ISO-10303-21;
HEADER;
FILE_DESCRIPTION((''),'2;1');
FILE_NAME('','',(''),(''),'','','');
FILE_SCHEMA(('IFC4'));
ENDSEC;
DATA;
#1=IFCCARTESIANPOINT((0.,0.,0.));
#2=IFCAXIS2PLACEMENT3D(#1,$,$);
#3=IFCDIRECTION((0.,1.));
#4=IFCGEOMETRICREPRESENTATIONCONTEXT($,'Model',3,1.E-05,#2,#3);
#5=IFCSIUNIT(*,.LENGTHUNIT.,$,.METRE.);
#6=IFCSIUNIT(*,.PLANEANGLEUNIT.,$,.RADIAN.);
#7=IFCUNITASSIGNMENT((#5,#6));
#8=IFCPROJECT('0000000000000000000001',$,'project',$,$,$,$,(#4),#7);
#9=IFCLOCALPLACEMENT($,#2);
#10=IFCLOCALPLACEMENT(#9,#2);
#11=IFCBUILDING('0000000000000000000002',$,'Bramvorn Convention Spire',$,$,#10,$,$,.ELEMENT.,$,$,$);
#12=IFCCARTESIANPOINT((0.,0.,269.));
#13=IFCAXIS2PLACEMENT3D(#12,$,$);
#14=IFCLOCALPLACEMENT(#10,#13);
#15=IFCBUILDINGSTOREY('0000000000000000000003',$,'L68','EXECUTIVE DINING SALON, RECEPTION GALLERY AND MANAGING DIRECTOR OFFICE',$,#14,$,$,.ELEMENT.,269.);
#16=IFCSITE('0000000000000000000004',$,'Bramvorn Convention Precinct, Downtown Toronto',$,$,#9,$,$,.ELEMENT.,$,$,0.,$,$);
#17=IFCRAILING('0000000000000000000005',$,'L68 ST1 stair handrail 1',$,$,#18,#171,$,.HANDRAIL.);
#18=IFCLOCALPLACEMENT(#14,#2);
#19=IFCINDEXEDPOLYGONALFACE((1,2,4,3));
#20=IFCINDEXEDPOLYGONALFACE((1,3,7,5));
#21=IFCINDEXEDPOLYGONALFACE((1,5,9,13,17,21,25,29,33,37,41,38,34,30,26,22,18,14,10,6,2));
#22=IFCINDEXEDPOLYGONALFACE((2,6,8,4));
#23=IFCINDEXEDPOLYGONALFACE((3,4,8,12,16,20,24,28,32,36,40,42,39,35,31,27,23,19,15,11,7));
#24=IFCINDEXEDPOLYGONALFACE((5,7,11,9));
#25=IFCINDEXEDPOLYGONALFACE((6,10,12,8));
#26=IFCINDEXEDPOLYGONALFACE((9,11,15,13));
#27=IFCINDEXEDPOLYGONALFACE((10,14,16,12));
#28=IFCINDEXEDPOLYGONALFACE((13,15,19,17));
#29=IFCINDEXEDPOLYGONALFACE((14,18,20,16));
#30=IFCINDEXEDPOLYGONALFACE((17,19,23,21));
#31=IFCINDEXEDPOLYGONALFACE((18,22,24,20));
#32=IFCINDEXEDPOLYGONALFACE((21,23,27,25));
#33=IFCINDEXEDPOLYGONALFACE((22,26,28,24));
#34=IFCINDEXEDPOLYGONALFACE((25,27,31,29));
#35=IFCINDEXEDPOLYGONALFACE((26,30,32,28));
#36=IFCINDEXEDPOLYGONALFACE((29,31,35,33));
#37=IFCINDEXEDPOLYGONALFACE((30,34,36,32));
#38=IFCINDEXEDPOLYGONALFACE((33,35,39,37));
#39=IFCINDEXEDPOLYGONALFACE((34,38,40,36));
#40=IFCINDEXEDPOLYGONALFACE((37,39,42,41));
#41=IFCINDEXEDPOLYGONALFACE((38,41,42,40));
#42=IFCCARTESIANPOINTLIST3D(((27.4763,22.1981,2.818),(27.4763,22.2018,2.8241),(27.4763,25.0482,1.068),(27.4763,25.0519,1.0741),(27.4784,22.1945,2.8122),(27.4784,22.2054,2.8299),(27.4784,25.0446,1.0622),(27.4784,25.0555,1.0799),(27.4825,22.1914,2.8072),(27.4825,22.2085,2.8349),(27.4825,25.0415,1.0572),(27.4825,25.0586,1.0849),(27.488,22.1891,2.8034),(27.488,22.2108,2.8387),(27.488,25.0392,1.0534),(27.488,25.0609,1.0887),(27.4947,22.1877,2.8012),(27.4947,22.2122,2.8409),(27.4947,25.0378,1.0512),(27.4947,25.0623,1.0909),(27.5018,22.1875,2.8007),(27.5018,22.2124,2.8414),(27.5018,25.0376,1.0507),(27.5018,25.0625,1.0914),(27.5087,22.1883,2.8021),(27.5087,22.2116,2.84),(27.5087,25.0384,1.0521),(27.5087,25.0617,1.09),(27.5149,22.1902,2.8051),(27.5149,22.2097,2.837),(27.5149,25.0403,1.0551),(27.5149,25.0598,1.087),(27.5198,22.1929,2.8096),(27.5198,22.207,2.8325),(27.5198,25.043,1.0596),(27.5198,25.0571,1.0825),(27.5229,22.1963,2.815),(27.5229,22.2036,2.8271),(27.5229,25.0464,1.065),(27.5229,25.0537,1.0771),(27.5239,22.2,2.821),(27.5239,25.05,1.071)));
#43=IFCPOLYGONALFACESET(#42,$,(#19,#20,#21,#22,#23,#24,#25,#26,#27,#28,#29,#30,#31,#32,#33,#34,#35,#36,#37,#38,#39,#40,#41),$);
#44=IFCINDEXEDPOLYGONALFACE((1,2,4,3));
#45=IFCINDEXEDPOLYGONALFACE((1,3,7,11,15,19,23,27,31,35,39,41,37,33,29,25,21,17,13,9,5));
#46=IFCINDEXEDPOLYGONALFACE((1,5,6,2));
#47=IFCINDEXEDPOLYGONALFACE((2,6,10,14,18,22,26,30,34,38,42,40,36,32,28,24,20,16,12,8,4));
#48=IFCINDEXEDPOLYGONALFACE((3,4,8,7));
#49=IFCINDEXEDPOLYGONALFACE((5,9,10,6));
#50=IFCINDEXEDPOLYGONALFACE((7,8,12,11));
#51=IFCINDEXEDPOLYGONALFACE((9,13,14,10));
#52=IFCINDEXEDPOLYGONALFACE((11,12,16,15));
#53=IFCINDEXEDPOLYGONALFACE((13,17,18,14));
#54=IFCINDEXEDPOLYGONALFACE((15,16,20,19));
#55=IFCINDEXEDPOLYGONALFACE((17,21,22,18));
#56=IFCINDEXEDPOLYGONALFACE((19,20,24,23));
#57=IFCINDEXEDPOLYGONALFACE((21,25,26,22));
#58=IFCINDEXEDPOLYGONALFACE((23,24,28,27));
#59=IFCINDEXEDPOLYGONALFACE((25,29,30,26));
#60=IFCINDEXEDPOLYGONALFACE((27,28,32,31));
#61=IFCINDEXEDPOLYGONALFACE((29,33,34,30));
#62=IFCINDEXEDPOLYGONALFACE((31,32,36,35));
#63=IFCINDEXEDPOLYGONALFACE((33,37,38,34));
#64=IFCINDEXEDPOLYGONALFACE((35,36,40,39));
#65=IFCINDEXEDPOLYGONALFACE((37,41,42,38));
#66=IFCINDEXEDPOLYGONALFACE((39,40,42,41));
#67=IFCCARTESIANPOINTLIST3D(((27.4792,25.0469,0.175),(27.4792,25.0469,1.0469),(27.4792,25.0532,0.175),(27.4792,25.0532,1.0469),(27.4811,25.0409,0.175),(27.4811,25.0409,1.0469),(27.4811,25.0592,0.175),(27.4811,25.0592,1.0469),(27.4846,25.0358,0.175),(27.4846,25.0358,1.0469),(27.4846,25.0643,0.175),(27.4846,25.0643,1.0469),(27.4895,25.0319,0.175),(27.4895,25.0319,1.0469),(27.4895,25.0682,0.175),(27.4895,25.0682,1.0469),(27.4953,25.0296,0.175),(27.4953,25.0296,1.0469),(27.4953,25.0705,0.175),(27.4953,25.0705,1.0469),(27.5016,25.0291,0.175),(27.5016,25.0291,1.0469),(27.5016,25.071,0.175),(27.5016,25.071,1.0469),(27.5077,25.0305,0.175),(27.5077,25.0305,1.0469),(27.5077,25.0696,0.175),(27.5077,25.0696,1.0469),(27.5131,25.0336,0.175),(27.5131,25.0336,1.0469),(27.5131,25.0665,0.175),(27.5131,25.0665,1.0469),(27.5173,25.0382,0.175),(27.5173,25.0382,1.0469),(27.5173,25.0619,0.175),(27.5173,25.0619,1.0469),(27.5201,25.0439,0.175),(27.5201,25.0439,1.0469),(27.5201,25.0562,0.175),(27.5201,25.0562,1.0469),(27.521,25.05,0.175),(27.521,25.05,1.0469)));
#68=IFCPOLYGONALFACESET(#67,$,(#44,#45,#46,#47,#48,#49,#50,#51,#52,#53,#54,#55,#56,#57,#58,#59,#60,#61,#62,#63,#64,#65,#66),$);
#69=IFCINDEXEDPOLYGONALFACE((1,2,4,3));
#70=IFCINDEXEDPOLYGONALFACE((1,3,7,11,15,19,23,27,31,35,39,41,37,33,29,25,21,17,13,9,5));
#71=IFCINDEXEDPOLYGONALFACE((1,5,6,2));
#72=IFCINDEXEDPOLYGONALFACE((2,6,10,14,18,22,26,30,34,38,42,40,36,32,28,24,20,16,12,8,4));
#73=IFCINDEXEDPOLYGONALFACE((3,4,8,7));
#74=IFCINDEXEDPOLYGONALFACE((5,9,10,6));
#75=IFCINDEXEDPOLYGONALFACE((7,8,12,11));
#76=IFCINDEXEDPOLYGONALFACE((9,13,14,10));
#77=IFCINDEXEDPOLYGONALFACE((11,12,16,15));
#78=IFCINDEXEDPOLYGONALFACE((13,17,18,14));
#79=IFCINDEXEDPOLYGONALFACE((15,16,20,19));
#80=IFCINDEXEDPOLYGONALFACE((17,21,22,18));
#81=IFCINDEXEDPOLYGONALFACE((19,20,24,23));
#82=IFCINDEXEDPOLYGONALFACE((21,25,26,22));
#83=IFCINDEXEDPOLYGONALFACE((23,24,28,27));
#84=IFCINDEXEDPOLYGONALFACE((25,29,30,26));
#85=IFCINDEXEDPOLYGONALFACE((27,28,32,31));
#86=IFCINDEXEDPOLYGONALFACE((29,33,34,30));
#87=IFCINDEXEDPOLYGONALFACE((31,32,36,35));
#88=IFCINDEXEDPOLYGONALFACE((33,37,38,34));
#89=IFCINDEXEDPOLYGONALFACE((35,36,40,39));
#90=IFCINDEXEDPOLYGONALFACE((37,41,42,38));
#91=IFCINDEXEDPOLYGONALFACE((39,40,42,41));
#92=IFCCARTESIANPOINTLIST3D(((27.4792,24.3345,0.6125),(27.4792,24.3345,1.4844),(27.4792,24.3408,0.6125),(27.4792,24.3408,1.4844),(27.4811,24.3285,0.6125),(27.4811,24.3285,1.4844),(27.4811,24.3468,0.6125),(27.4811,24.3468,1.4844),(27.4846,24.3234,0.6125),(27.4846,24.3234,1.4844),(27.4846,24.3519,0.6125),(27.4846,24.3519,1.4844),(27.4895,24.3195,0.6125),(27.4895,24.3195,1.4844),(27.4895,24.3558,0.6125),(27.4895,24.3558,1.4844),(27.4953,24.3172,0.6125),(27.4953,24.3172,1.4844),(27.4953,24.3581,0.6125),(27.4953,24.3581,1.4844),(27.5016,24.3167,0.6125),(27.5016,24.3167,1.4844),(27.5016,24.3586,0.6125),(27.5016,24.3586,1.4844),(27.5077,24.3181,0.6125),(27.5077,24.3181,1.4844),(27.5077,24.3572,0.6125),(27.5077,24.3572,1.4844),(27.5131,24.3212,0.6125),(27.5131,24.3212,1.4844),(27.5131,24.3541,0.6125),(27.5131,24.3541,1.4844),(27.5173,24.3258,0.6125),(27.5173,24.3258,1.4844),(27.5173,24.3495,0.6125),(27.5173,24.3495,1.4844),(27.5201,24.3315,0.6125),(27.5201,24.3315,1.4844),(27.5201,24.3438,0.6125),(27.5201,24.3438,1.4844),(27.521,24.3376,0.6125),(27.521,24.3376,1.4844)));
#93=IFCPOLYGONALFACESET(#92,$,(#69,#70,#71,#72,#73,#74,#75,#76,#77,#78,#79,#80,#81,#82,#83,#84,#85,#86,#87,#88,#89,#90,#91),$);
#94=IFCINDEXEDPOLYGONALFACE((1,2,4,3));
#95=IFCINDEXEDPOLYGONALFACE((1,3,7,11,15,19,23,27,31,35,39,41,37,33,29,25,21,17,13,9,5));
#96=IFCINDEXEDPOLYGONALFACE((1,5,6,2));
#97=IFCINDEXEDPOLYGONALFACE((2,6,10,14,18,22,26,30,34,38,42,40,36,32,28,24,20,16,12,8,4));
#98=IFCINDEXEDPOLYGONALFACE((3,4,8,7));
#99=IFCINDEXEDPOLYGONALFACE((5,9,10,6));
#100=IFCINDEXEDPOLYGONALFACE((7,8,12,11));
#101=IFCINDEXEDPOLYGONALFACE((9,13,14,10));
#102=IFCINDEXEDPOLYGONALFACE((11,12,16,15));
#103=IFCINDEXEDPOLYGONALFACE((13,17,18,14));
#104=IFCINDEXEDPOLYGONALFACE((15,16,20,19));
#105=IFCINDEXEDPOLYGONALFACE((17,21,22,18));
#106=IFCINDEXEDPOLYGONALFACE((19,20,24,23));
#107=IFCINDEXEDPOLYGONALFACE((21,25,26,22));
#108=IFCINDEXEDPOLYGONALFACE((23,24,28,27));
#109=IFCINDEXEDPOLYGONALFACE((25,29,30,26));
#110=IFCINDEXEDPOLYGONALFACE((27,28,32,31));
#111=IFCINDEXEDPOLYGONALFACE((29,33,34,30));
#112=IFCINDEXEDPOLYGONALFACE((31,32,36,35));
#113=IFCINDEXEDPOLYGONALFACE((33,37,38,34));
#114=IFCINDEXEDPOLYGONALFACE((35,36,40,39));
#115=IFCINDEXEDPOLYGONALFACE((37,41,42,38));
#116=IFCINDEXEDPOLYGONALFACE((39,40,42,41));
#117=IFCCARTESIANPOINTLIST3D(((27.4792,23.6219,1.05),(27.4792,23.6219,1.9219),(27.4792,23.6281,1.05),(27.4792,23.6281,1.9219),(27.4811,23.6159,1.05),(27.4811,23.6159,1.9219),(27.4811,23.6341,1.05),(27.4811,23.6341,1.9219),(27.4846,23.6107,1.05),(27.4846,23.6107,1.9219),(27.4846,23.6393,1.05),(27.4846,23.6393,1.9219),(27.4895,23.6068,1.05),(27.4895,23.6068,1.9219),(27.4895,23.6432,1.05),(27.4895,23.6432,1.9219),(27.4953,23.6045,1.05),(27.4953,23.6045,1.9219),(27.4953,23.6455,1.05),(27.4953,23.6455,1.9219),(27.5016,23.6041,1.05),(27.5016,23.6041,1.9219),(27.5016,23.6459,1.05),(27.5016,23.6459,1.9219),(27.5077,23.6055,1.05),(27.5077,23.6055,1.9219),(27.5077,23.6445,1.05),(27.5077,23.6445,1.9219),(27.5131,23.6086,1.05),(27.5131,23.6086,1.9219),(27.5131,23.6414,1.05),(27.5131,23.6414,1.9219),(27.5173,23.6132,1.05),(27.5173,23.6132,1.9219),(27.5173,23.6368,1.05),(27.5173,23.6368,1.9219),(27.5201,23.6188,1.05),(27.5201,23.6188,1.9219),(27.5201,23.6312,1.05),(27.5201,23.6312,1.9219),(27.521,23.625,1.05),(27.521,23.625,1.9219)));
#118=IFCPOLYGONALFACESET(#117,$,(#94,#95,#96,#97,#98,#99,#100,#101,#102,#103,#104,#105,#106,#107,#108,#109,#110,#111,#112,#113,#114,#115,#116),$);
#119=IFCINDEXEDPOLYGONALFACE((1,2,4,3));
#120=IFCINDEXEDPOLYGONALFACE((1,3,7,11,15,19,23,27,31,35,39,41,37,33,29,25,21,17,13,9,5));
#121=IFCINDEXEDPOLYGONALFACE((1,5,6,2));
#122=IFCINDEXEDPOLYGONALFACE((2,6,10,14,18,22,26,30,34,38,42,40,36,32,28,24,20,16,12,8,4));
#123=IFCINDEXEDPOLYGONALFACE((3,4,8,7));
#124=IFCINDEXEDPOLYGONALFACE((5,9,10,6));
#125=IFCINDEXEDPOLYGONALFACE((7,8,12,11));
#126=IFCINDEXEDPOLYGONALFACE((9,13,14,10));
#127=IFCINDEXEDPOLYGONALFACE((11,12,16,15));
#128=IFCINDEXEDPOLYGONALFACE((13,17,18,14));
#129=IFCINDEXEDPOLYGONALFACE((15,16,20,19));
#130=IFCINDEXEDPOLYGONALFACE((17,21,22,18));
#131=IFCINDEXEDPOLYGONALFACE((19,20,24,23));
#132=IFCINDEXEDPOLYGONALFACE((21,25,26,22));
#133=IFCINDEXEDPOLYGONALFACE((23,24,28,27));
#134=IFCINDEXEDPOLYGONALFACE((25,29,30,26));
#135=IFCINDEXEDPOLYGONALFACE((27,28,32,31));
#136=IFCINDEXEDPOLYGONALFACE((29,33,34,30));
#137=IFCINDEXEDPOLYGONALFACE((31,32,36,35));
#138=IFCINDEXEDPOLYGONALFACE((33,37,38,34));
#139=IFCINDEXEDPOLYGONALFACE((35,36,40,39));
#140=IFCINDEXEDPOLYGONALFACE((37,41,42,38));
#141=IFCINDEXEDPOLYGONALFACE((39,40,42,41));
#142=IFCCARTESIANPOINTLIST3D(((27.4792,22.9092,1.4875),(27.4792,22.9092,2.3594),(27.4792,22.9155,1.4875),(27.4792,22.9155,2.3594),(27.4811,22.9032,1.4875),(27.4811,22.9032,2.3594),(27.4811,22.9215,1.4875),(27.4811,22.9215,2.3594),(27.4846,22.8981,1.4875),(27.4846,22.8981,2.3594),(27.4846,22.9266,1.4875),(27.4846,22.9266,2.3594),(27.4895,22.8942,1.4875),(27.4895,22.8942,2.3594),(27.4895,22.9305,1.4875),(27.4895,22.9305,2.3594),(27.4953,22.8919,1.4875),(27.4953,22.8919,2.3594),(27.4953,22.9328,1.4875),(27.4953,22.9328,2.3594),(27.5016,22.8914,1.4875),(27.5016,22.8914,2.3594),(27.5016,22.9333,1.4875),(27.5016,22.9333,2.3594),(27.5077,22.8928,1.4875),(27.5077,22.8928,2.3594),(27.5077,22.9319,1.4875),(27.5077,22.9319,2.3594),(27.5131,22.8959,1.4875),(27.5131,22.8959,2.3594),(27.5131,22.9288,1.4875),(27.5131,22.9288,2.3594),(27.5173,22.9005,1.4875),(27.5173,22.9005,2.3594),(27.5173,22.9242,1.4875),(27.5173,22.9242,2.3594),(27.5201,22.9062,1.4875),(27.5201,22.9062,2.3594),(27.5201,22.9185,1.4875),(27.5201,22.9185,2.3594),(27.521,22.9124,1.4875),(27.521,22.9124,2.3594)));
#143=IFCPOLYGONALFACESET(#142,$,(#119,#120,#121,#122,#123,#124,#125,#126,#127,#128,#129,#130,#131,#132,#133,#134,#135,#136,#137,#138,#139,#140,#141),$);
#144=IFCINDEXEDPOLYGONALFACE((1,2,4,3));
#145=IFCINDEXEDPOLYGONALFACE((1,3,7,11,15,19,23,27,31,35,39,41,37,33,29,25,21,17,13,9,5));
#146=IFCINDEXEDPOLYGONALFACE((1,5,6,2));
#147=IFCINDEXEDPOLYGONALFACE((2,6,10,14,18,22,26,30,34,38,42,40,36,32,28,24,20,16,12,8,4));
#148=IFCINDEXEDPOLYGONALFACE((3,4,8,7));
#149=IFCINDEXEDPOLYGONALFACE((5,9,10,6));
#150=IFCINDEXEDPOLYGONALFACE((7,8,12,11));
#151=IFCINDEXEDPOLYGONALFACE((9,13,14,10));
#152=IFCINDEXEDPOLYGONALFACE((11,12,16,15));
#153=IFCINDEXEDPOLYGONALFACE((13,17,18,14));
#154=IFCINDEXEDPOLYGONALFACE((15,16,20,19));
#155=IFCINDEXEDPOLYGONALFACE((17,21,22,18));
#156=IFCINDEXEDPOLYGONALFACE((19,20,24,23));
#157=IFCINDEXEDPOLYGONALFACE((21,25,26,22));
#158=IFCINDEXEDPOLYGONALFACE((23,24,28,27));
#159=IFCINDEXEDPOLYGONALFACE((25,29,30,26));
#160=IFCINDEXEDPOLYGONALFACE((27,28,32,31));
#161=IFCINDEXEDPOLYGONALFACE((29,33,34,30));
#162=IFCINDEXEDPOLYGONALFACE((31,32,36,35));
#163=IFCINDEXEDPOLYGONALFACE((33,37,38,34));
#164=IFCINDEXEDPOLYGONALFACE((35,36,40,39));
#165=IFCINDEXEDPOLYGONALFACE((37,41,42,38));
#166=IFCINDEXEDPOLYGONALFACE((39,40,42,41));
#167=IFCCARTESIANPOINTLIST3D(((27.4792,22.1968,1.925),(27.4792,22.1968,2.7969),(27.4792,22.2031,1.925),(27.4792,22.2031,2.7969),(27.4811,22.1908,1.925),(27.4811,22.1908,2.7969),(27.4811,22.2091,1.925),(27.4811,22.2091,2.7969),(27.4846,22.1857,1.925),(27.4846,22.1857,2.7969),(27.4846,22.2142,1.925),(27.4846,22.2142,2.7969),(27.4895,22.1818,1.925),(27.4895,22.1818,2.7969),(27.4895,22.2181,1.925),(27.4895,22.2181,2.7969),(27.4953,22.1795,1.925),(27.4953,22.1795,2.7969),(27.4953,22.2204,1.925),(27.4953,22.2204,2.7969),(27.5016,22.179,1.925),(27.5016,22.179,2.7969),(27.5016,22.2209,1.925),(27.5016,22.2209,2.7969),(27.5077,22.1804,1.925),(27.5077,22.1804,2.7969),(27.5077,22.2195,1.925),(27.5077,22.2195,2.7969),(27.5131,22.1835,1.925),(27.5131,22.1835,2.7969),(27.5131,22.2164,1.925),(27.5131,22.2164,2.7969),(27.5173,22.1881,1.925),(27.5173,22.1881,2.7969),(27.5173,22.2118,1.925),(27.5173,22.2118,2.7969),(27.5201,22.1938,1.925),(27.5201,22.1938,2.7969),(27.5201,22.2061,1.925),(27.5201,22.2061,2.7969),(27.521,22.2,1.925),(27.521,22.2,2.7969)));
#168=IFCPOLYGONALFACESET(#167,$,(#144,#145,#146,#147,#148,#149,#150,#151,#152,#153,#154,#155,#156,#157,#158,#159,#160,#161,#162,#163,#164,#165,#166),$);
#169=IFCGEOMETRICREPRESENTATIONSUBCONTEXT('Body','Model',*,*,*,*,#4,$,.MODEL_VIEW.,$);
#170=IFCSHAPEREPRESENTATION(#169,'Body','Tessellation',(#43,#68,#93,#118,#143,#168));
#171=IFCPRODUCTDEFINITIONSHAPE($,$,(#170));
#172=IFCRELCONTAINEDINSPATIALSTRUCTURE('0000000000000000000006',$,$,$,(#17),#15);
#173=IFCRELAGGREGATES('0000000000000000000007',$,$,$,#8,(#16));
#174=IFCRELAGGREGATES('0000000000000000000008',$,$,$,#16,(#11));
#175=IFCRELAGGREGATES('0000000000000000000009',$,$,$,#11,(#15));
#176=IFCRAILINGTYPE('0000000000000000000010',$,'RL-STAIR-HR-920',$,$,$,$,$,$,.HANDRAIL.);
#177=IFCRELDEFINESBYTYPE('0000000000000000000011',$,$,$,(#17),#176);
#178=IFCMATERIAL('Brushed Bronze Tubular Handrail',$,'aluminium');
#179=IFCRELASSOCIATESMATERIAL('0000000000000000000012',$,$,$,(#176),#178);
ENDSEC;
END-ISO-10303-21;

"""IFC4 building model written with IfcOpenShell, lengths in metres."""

from ifc_helpers import new_model, si_unit, direction, frame, origin, origin_2d, place, context, subcontext, project, spatial, circle, extrude, material, type_object, element, save


model = new_model("IFC4")

# Units and contexts
model_context = context("Model", 3, precision=1e-05, world=origin(), true_north=direction((0.0, 1.0)))
body_context = subcontext(model_context, "Body", "Model", "MODEL_VIEW")
ifc_project = project(units=[si_unit("LENGTHUNIT", "METRE"), si_unit("PLANEANGLEUNIT", "RADIAN")], contexts=[model_context])

# Site, building, storey
site_placement = place(None, origin())
site = spatial("IfcSite", under=ifc_project, at=site_placement, Name="Bramvorn Convention Precinct, Downtown Toronto", CompositionType="ELEMENT", RefElevation=0.0)
building_placement = place(site_placement, origin())
building = spatial("IfcBuilding", under=site, at=building_placement, Name="Bramvorn Convention Spire", CompositionType="ELEMENT")
storey_placement = place(building_placement, frame((0.0, 0.0, 269.0)))
storey = spatial("IfcBuildingStorey", under=building, at=storey_placement, Name="L68", Description="EXECUTIVE DINING SALON, RECEPTION GALLERY AND MANAGING DIRECTOR OFFICE", CompositionType="ELEMENT", Elevation=269.0)

# Railing
ifc_material_1 = material(Name="Brushed Bronze Tubular Handrail", Category="aluminium")
railing_type_1 = type_object("IfcRailingType", Name="RL-STAIR-HR-920", PredefinedType="HANDRAIL", material=ifc_material_1)
railing_1_placement = place(storey_placement, frame((27.5, 25.05, 0.175)))
element("IfcRailing", 1, at=railing_1_placement, inside=storey, type_object=railing_type_1, Name="L68 ST1 stair handrail 1", PredefinedType="HANDRAIL", context=body_context, shape_type="SweptSolid", body=[
    extrude(circle(Radius=0.0239, at=origin_2d()), frame((0.0, 0.0, 0.896), z_axis=(0.0, -0.852179, 0.52325), x_axis=(1.0, 0.0, 0.0)), (0.0, 0.0, 1.0), 3.3445),
    extrude(circle(Radius=0.021, at=origin_2d()), origin(), (0.0, 0.0, 1.0), 0.8718),
    extrude(circle(Radius=0.021, at=origin_2d()), frame((0.0, -0.7124, 0.4375)), (0.0, 0.0, 1.0), 0.8718),
    extrude(circle(Radius=0.021, at=origin_2d()), frame((0.0, -1.425, 0.875)), (0.0, 0.0, 1.0), 0.8718),
    extrude(circle(Radius=0.021, at=origin_2d()), frame((0.0, -2.1377, 1.3125)), (0.0, 0.0, 1.0), 0.8718),
    extrude(circle(Radius=0.021, at=origin_2d()), frame((0.0, -2.8501, 1.75)), (0.0, 0.0, 1.0), 0.8718),
])

save(model, "model.ifc")
